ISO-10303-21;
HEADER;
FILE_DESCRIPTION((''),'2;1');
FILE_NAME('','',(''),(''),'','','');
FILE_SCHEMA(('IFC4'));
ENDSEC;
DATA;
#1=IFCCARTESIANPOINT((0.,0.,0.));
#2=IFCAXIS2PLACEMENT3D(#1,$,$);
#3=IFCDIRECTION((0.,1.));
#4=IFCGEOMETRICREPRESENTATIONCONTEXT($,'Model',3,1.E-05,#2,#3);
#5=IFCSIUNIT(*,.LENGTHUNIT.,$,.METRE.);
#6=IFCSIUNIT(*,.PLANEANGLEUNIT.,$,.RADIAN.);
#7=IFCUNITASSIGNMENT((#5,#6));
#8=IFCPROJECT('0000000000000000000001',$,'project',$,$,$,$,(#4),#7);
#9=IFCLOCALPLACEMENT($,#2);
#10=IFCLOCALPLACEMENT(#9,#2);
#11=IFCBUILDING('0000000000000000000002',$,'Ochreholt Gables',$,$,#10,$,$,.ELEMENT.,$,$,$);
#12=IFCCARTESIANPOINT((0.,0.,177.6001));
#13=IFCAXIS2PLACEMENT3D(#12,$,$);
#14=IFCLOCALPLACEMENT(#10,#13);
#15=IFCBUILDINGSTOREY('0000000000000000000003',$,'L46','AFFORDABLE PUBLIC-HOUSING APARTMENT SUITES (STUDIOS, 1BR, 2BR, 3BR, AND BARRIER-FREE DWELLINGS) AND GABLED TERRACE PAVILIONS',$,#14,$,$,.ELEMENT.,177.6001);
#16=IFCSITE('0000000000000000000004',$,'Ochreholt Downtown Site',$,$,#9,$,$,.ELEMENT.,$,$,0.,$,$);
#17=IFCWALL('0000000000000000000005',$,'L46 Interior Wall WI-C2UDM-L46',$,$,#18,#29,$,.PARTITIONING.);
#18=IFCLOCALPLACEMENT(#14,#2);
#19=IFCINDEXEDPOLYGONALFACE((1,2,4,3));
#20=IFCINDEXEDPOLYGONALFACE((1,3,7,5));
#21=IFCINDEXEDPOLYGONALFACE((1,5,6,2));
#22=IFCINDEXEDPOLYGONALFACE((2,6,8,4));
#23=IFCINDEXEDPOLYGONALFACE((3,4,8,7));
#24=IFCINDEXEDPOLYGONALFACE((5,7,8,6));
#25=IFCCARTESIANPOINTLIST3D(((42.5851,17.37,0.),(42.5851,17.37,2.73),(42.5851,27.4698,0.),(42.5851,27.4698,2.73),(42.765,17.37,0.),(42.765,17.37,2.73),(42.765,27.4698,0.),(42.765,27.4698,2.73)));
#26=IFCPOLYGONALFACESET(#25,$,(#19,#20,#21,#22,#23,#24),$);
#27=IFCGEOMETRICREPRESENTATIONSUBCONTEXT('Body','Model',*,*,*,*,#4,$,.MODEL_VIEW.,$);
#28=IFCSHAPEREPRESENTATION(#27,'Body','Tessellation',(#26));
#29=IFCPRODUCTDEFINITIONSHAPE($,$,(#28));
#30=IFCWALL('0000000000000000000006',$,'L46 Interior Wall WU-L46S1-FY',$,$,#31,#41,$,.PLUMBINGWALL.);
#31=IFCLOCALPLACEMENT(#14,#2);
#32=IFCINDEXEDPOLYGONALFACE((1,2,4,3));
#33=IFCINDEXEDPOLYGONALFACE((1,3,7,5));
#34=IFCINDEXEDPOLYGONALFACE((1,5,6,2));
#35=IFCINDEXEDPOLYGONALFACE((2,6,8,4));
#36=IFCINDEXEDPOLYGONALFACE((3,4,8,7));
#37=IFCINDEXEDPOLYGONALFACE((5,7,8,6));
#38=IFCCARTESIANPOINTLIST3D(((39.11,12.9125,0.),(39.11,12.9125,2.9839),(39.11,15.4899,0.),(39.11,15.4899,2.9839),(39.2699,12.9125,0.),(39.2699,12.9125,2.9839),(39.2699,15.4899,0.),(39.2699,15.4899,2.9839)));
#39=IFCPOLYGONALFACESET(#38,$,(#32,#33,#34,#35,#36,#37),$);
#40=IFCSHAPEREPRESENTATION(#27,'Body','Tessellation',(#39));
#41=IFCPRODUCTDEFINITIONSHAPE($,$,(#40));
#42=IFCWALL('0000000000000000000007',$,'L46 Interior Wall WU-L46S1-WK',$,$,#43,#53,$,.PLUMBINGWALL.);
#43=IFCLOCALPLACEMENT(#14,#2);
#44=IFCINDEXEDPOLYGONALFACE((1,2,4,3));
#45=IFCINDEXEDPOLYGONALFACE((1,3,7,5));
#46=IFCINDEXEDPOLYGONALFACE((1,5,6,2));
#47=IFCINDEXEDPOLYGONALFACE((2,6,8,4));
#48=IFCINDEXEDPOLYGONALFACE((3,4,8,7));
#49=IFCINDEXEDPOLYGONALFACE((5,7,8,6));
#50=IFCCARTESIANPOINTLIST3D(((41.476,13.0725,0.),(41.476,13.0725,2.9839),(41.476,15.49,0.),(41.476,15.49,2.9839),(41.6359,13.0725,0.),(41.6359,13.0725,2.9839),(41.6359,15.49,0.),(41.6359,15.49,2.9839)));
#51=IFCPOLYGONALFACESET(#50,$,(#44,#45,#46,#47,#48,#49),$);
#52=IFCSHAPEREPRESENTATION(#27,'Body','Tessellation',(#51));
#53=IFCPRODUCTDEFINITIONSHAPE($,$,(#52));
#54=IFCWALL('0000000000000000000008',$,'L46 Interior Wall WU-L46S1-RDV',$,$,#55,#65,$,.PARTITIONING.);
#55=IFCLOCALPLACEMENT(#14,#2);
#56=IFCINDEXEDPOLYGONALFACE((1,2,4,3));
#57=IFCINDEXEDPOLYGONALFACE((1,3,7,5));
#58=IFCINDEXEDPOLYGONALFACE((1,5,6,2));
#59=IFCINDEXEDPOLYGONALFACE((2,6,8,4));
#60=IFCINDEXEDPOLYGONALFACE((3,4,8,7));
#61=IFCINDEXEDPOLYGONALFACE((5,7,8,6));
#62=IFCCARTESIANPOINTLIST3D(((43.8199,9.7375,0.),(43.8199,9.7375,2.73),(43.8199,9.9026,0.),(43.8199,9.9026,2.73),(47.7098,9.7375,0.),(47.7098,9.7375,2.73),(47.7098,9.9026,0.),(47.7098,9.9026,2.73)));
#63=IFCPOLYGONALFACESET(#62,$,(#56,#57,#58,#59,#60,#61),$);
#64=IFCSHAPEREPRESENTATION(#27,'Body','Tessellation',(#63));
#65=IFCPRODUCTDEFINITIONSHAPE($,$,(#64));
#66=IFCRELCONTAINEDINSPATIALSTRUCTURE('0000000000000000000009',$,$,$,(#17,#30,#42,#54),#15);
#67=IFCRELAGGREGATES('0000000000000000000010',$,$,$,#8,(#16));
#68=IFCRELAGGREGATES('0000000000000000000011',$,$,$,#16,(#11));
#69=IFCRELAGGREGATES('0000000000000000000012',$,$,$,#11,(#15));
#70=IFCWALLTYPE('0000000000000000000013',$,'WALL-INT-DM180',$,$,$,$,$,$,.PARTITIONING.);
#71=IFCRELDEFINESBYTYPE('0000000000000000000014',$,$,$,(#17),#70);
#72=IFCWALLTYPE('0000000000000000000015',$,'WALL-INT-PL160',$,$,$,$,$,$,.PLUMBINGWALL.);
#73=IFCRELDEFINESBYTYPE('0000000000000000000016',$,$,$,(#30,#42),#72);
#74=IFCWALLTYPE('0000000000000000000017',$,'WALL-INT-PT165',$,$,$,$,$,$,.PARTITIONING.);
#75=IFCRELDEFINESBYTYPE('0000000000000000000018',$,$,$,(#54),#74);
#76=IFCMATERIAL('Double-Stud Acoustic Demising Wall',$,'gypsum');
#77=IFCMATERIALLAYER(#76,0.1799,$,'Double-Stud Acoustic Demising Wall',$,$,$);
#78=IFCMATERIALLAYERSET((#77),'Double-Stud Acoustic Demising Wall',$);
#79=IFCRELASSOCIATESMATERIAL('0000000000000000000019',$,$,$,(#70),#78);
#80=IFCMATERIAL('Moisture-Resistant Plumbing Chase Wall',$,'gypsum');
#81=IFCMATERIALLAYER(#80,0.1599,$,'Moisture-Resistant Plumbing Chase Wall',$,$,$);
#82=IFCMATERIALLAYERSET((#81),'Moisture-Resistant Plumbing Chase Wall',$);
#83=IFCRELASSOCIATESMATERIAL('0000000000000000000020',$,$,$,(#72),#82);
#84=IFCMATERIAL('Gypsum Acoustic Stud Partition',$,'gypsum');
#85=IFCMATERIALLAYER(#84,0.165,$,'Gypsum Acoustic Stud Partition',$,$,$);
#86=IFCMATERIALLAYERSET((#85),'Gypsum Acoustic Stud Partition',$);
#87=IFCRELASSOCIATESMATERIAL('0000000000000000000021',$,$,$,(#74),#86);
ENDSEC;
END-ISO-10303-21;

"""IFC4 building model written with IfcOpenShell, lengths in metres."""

from ifc_helpers import new_model, si_unit, direction, frame, frame_2d, origin, place, context, subcontext, project, spatial, rectangle, extrude, material, layer, layer_set, type_object, element, save


model = new_model("IFC4")

# Units and contexts
model_context = context("Model", 3, precision=1e-05, world=origin(), true_north=direction((0.0, 1.0)))
body_context = subcontext(model_context, "Body", "Model", "MODEL_VIEW")
ifc_project = project(units=[si_unit("LENGTHUNIT", "METRE"), si_unit("PLANEANGLEUNIT", "RADIAN")], contexts=[model_context])

# Site, building, storey
site_placement = place(None, origin())
site = spatial("IfcSite", under=ifc_project, at=site_placement, Name="Ochreholt Downtown Site", CompositionType="ELEMENT", RefElevation=0.0)
building_placement = place(site_placement, origin())
building = spatial("IfcBuilding", under=site, at=building_placement, Name="Ochreholt Gables", CompositionType="ELEMENT")
storey_placement = place(building_placement, frame((0.0, 0.0, 177.6001)))
storey = spatial("IfcBuildingStorey", under=building, at=storey_placement, Name="L46", Description="AFFORDABLE PUBLIC-HOUSING APARTMENT SUITES (STUDIOS, 1BR, 2BR, 3BR, AND BARRIER-FREE DWELLINGS) AND GABLED TERRACE PAVILIONS", CompositionType="ELEMENT", Elevation=177.6001)

# Wall
ifc_material_1 = material(Name="Double-Stud Acoustic Demising Wall", Category="gypsum")
ifc_layer_1 = layer(ifc_material_1, 0.1799, Name="Double-Stud Acoustic Demising Wall")
ifc_layer_set_1 = layer_set([ifc_layer_1], Name="Double-Stud Acoustic Demising Wall")
wall_type_1 = type_object("IfcWallType", Name="WALL-INT-DM180", PredefinedType="PARTITIONING", material=ifc_layer_set_1)
wall_1_placement = place(storey_placement, frame((42.675, 17.3701, 0.0), z_axis=(0.0, 0.0, 1.0), x_axis=(0.0, 1.0, 0.0)))
element("IfcWall", 1, at=wall_1_placement, inside=storey, type_object=wall_type_1, Name="L46 Interior Wall WI-C2UDM-L46", PredefinedType="PARTITIONING", context=body_context, shape_type="SweptSolid", body=[
    extrude(rectangle(XDim=10.0999, YDim=0.1799, at=frame_2d((5.0498, 0.0))), origin(), (0.0, 0.0, 1.0), 2.73),
])

# Shared definitions
ifc_material_2 = material(Name="Moisture-Resistant Plumbing Chase Wall", Category="gypsum")
ifc_layer_2 = layer(ifc_material_2, 0.1599, Name="Moisture-Resistant Plumbing Chase Wall")
ifc_layer_set_2 = layer_set([ifc_layer_2], Name="Moisture-Resistant Plumbing Chase Wall")
wall_type_2 = type_object("IfcWallType", Name="WALL-INT-PL160", PredefinedType="PLUMBINGWALL", material=ifc_layer_set_2)

# Walls
wall_2_placement = place(storey_placement, frame((39.1899, 12.9126, 0.0), z_axis=(0.0, 0.0, 1.0), x_axis=(0.0, 1.0, 0.0)))
element("IfcWall", 2, at=wall_2_placement, inside=storey, type_object=wall_type_2, Name="L46 Interior Wall WU-L46S1-FY", PredefinedType="PLUMBINGWALL", context=body_context, shape_type="SweptSolid", body=[
    extrude(rectangle(XDim=2.5774, YDim=0.1599, at=frame_2d((1.2886, 0.0))), origin(), (0.0, 0.0, 1.0), 2.9839),
])
wall_3_placement = place(storey_placement, frame((41.5559, 13.0725, 0.0), z_axis=(0.0, 0.0, 1.0), x_axis=(0.0, 1.0, 0.0)))
element("IfcWall", 3, at=wall_3_placement, inside=storey, type_object=wall_type_2, Name="L46 Interior Wall WU-L46S1-WK", PredefinedType="PLUMBINGWALL", context=body_context, shape_type="SweptSolid", body=[
    extrude(rectangle(XDim=2.4175, YDim=0.1599, at=frame_2d((1.2087, 0.0))), origin(), (0.0, 0.0, 1.0), 2.9839),
])
ifc_material_3 = material(Name="Gypsum Acoustic Stud Partition", Category="gypsum")
ifc_layer_3 = layer(ifc_material_3, 0.165, Name="Gypsum Acoustic Stud Partition")
ifc_layer_set_3 = layer_set([ifc_layer_3], Name="Gypsum Acoustic Stud Partition")
wall_type_3 = type_object("IfcWallType", Name="WALL-INT-PT165", PredefinedType="PARTITIONING", material=ifc_layer_set_3)
wall_4_placement = place(storey_placement, frame((43.8201, 9.8201, 0.0), z_axis=(0.0, 0.0, 1.0), x_axis=(1.0, 0.0, 0.0)))
element("IfcWall", 4, at=wall_4_placement, inside=storey, type_object=wall_type_3, Name="L46 Interior Wall WU-L46S1-RDV", PredefinedType="PARTITIONING", context=body_context, shape_type="SweptSolid", body=[
    extrude(rectangle(XDim=3.8899, YDim=0.165, at=frame_2d((1.9448, 0.0))), origin(), (0.0, 0.0, 1.0), 2.73),
])

save(model, "model.ifc")
